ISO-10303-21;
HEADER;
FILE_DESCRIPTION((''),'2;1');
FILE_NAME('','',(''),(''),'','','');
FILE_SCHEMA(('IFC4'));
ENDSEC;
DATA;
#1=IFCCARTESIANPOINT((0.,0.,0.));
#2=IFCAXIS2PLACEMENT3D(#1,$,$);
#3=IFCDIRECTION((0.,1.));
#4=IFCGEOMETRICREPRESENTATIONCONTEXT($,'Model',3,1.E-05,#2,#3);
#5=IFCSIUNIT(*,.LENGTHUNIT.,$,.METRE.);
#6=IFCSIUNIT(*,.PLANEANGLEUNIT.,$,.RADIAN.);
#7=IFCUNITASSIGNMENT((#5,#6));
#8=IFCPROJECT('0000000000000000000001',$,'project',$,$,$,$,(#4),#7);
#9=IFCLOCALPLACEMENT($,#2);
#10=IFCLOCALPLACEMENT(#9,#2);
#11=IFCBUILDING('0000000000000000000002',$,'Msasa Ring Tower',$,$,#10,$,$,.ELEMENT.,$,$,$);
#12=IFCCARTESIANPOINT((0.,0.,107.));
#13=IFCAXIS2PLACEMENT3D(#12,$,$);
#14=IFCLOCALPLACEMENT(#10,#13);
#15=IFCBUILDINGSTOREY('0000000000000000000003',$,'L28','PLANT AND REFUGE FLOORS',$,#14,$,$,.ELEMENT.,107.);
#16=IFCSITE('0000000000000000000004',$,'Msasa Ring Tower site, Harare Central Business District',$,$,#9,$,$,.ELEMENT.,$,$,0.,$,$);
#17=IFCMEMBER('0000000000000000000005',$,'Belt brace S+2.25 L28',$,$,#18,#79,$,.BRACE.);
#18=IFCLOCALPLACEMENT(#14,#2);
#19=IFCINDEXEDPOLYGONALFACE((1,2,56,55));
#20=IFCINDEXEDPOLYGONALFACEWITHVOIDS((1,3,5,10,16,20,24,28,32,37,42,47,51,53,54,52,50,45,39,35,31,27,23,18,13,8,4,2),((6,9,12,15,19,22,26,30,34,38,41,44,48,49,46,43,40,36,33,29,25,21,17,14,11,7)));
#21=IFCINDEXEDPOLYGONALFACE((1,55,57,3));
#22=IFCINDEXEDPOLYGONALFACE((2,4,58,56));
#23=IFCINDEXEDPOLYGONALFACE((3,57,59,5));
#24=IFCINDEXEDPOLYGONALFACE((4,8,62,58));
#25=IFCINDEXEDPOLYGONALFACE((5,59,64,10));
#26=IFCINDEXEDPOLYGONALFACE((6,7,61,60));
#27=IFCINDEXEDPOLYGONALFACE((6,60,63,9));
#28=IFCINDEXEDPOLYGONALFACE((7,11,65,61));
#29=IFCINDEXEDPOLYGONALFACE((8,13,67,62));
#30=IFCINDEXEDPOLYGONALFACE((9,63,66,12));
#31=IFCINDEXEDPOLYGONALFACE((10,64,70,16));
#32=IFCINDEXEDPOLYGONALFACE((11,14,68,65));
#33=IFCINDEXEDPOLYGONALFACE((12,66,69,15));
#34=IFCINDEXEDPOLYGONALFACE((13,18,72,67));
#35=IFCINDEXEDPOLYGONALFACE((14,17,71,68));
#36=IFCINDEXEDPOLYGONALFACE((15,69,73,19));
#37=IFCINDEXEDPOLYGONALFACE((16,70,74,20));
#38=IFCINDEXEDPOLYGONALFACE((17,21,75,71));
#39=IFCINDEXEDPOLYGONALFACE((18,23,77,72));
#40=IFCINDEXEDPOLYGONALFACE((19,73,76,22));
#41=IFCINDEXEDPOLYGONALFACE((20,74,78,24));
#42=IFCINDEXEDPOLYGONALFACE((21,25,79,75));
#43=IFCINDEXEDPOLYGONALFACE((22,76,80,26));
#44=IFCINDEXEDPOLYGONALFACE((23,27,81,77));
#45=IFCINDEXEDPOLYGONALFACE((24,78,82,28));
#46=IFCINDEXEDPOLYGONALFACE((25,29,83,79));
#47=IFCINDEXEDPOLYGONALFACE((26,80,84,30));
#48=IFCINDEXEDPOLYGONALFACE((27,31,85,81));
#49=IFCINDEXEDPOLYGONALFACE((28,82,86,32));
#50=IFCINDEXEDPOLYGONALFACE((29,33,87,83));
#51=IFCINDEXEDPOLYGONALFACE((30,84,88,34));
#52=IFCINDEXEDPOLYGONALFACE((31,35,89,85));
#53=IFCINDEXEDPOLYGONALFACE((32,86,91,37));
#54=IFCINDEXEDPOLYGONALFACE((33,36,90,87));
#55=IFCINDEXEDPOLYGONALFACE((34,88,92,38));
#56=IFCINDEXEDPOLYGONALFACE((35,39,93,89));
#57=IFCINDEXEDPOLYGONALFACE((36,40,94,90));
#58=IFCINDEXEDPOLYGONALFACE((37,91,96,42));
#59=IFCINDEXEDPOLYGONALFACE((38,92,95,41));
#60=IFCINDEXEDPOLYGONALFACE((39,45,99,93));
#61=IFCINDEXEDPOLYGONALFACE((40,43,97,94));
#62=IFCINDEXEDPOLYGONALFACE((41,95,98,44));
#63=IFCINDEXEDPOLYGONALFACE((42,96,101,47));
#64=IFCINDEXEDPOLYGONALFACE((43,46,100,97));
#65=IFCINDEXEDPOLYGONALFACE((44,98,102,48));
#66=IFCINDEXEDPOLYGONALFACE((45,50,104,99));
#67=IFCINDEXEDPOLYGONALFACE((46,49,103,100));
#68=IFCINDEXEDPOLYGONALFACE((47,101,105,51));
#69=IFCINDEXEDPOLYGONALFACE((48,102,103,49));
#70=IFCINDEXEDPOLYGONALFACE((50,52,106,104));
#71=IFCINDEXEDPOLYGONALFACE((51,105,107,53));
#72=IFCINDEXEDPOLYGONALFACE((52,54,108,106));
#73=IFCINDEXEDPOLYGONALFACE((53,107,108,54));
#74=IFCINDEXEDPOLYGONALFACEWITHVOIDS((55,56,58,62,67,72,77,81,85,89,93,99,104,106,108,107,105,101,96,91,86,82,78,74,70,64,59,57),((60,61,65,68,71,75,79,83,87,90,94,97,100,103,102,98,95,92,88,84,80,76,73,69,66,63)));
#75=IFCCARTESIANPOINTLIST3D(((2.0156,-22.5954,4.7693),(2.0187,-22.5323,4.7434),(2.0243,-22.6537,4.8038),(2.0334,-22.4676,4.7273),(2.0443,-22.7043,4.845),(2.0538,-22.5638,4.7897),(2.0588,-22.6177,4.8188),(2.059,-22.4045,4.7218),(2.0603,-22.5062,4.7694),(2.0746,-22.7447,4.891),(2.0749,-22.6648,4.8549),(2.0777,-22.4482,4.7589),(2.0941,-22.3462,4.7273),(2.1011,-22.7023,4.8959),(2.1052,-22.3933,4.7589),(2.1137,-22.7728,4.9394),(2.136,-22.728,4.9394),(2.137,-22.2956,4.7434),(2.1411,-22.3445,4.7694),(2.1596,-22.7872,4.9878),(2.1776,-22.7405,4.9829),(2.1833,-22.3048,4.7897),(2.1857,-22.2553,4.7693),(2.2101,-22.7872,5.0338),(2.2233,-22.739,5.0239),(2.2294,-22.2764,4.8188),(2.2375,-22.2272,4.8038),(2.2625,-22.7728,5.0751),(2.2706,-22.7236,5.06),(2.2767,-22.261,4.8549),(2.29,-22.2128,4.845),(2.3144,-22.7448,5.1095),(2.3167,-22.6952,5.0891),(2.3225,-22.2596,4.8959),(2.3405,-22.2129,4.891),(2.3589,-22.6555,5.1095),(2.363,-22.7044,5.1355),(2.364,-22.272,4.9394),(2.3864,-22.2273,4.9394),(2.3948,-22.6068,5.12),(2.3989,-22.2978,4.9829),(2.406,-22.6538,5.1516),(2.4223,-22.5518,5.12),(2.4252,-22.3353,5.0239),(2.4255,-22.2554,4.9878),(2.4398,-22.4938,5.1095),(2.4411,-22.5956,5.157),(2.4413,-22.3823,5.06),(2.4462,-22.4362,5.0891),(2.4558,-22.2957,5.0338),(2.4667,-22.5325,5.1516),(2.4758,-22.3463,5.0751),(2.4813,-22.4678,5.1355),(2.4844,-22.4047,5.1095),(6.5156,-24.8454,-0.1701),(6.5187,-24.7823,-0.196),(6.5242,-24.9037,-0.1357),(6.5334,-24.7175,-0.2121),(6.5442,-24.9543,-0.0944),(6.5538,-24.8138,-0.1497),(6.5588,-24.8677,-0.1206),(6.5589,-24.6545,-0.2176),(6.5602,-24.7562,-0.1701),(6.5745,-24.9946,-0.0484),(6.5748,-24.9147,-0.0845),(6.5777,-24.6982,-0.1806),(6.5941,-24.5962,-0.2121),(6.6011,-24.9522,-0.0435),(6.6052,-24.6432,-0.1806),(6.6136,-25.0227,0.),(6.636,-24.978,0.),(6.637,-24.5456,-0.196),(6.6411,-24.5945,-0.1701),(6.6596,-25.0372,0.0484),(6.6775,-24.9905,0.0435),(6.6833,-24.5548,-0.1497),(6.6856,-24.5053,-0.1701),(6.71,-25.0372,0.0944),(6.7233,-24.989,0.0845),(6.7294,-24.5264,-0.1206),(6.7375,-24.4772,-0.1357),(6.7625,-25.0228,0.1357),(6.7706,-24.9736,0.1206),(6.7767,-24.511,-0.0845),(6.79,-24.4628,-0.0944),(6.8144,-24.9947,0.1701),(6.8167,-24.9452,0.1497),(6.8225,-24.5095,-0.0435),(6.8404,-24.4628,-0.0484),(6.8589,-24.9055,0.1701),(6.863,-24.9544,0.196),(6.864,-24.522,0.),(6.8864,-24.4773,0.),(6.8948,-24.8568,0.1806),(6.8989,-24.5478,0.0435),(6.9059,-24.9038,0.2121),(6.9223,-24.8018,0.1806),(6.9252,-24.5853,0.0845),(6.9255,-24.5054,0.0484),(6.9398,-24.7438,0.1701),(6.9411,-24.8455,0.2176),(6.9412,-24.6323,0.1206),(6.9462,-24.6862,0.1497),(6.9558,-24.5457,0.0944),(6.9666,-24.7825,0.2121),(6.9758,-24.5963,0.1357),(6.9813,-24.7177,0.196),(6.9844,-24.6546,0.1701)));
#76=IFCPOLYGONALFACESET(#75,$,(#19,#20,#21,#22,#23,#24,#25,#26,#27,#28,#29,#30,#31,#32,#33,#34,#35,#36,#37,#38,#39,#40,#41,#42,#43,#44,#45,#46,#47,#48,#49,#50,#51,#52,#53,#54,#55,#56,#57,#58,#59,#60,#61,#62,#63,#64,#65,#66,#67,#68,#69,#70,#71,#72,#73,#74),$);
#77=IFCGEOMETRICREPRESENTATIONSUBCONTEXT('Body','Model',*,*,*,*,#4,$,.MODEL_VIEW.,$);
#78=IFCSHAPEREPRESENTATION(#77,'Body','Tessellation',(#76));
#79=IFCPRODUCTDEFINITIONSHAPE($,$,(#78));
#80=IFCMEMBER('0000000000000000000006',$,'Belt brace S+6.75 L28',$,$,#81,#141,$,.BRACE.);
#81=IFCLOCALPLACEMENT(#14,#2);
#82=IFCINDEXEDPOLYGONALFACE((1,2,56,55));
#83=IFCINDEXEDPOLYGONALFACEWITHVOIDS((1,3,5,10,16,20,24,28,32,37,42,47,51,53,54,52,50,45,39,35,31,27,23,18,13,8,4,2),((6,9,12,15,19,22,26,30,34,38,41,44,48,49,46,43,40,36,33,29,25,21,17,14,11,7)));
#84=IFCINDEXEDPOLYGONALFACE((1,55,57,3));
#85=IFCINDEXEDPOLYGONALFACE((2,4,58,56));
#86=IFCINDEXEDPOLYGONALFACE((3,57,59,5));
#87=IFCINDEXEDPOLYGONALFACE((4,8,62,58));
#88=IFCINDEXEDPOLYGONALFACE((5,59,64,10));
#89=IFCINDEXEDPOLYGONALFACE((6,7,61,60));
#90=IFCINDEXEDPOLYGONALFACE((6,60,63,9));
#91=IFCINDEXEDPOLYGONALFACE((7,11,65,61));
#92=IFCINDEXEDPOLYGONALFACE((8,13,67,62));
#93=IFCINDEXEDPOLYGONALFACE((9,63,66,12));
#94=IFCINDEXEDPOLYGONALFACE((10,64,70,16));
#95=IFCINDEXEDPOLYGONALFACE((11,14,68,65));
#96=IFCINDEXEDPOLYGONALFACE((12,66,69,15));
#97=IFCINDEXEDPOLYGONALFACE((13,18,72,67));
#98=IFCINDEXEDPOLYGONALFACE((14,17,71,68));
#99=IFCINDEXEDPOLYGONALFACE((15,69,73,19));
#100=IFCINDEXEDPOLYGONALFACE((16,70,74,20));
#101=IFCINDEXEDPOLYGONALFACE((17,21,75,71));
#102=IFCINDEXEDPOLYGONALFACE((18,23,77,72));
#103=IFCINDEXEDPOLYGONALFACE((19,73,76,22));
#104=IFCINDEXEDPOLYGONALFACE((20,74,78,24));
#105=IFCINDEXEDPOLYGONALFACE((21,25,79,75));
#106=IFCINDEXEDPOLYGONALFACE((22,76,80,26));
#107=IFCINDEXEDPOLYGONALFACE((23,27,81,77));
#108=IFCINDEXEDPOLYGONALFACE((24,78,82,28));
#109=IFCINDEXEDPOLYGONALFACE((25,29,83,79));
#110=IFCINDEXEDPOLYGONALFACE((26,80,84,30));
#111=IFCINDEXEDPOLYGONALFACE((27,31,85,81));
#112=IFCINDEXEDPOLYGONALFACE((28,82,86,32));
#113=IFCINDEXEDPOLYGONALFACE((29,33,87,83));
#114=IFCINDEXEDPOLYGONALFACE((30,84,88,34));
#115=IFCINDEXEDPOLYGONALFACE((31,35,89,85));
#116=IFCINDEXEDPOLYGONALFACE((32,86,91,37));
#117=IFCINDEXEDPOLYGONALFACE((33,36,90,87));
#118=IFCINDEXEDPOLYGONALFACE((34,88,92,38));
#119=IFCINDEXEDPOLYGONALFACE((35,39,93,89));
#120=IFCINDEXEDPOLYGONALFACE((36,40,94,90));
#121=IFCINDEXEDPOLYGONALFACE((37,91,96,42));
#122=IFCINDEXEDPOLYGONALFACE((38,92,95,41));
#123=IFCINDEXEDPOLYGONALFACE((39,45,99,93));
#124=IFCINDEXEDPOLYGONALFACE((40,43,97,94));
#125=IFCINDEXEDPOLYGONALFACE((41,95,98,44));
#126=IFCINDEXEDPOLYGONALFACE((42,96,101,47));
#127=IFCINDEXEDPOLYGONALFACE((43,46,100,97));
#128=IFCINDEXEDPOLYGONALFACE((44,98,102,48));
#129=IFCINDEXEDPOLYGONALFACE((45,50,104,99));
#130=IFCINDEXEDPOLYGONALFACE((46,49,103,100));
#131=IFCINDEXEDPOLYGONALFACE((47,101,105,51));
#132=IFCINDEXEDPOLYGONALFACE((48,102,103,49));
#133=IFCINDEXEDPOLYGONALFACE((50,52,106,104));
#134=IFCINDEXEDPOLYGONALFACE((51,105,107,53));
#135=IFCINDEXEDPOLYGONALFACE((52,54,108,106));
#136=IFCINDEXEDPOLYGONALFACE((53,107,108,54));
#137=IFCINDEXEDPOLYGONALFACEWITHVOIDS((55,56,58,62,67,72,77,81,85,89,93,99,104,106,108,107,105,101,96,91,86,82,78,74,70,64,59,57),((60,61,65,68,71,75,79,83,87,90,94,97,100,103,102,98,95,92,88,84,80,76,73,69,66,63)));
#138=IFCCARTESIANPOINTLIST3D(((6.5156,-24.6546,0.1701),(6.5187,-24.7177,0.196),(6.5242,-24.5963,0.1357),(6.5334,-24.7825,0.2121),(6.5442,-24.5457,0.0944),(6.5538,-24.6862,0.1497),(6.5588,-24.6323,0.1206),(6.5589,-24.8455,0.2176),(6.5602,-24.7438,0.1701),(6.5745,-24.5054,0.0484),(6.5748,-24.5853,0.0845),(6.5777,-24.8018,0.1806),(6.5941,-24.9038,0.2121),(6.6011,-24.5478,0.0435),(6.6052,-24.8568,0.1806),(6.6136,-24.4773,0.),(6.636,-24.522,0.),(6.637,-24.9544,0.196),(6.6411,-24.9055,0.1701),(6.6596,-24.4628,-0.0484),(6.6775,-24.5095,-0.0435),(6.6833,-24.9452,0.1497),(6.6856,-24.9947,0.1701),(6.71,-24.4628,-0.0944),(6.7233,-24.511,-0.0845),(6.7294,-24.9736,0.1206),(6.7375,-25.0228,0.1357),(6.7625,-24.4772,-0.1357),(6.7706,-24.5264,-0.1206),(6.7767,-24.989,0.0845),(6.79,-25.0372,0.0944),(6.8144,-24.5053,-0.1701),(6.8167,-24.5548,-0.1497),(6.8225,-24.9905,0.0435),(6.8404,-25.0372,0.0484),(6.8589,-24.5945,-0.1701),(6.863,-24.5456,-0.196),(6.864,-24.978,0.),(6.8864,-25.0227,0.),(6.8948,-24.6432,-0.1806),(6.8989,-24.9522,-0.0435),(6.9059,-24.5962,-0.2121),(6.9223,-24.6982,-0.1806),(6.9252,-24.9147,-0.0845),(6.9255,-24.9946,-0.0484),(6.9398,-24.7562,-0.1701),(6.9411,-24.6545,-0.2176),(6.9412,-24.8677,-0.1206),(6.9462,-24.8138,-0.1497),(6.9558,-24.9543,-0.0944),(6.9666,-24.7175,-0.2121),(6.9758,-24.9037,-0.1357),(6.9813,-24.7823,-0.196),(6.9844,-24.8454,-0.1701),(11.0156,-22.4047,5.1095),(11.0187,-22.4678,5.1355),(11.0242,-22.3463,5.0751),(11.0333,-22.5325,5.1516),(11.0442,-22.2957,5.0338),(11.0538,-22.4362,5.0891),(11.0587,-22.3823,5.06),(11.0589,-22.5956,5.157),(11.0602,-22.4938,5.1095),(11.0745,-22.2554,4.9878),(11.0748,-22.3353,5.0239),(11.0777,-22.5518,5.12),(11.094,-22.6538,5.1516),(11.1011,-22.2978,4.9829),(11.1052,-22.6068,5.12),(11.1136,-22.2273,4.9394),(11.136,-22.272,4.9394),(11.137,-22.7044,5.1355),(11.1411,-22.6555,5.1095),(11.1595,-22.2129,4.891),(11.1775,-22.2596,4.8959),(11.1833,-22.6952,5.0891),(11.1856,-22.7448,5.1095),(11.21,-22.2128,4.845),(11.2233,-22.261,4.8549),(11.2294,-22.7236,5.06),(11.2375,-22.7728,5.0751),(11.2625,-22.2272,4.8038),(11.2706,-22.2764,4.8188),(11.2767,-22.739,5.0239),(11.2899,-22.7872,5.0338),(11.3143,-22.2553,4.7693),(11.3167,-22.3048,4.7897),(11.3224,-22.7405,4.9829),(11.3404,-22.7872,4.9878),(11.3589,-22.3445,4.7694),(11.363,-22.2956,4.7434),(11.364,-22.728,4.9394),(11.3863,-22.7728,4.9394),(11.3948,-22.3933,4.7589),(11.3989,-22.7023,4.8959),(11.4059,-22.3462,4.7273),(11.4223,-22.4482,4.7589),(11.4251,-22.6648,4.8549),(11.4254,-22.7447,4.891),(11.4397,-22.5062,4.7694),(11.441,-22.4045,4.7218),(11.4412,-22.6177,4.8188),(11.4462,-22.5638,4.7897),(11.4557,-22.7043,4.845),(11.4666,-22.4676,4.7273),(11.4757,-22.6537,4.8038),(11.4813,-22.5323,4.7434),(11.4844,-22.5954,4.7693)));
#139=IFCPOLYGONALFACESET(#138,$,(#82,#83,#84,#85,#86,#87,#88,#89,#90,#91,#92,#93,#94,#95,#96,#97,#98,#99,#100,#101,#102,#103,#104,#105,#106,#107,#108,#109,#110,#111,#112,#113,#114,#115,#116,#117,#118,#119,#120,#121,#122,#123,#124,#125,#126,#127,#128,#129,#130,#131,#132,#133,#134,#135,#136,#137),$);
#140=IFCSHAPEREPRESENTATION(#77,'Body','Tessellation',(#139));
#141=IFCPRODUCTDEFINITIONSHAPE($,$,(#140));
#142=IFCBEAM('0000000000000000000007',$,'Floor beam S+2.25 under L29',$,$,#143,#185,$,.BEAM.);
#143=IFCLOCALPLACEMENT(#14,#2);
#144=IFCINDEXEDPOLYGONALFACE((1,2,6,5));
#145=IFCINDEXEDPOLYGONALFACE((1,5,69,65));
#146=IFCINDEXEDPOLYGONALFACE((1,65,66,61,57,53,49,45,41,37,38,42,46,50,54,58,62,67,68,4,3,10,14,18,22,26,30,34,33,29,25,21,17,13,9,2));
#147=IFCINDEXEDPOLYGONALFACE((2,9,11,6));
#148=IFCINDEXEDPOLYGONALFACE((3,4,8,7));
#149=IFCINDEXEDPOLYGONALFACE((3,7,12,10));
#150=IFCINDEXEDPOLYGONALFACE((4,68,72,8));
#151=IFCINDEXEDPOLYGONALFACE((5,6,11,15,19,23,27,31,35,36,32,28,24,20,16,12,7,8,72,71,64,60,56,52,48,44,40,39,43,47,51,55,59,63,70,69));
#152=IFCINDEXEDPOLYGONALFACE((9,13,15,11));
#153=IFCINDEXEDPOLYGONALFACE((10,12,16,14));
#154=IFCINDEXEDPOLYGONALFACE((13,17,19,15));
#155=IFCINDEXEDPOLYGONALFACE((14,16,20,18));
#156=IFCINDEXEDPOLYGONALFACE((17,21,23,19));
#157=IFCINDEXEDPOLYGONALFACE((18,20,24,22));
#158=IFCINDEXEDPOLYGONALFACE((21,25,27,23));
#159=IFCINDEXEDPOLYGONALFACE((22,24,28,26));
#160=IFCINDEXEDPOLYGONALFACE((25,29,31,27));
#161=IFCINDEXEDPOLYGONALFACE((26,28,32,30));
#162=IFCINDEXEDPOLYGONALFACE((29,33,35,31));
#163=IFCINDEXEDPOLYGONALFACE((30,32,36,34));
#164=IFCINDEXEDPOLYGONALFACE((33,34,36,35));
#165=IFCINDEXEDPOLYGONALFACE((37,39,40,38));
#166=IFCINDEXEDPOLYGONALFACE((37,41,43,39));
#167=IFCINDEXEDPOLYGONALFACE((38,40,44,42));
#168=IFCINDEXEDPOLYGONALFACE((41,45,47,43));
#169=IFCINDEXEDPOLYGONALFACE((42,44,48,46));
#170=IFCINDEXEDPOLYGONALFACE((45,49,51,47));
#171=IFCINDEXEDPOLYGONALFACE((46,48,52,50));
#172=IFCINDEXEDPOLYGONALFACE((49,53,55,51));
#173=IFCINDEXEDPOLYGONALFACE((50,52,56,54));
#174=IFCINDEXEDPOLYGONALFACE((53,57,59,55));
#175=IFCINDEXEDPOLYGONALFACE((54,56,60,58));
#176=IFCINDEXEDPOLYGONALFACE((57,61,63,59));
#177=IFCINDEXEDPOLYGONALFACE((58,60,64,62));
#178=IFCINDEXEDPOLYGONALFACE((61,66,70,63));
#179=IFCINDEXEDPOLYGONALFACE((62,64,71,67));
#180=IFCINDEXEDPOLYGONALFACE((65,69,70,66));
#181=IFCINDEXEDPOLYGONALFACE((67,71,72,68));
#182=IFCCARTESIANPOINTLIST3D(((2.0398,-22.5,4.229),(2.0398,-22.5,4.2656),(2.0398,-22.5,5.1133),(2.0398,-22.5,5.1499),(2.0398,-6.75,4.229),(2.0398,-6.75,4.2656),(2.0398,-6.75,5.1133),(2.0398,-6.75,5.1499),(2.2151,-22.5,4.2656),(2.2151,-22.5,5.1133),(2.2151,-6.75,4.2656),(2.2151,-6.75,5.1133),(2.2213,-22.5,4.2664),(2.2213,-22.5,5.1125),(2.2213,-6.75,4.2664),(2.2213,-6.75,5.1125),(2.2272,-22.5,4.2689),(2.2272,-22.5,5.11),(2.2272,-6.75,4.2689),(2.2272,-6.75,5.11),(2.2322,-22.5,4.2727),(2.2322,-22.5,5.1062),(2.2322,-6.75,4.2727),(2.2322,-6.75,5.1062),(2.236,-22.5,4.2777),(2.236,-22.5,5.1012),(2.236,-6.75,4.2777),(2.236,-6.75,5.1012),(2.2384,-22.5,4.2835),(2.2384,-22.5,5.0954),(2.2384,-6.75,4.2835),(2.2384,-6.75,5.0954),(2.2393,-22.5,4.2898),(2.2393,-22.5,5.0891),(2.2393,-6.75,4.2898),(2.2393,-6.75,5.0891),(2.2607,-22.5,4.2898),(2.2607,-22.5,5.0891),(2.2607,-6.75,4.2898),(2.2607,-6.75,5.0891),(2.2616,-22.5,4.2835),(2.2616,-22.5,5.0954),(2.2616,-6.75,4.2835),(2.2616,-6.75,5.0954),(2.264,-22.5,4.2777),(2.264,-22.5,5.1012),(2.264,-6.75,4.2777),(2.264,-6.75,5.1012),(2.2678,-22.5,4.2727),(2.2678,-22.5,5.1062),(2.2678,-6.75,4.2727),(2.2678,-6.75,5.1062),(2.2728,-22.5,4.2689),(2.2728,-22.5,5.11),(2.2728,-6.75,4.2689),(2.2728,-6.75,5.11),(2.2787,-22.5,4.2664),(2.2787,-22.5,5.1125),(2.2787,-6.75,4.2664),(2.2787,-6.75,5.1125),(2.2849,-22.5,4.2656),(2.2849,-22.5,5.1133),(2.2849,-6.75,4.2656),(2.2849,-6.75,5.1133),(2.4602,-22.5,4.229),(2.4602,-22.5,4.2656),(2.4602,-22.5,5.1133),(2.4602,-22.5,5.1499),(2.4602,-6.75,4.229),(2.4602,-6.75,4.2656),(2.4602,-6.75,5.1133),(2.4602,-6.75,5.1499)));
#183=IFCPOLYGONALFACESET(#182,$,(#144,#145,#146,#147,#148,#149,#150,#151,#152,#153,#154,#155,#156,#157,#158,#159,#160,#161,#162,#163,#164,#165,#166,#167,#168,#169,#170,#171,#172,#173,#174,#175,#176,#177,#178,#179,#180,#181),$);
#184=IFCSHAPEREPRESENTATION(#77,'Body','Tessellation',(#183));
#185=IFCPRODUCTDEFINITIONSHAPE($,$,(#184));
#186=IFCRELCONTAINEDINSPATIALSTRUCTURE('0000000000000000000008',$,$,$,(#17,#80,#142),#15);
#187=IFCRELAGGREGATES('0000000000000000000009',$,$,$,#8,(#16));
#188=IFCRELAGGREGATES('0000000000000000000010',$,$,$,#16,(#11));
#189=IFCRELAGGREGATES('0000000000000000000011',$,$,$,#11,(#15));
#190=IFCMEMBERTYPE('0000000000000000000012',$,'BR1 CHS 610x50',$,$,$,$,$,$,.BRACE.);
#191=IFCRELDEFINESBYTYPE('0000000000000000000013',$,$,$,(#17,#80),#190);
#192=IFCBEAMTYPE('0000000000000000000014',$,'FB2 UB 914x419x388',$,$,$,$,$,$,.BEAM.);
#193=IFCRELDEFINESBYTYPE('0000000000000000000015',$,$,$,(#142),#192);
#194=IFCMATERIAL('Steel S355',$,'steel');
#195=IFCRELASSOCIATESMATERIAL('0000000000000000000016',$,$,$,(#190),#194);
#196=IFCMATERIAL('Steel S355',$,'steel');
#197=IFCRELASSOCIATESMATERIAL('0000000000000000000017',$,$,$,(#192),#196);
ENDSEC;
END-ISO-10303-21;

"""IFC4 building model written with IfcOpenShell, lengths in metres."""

from ifc_helpers import new_model, si_unit, direction, frame, origin, origin_2d, place, context, subcontext, project, spatial, hollow_circle, i_section, extrude, material, material_profile, profile_set, type_object, element, save


model = new_model("IFC4")

# Units and contexts
model_context = context("Model", 3, precision=1e-05, world=origin(), true_north=direction((0.0, 1.0)))
body_context = subcontext(model_context, "Body", "Model", "MODEL_VIEW")
ifc_project = project(units=[si_unit("LENGTHUNIT", "METRE"), si_unit("PLANEANGLEUNIT", "RADIAN")], contexts=[model_context])

# Site, building, storey
site_placement = place(None, origin())
site = spatial("IfcSite", under=ifc_project, at=site_placement, Name="Msasa Ring Tower site, Harare Central Business District", CompositionType="ELEMENT", RefElevation=0.0)
building_placement = place(site_placement, origin())
building = spatial("IfcBuilding", under=site, at=building_placement, Name="Msasa Ring Tower", CompositionType="ELEMENT")
storey_placement = place(building_placement, frame((0.0, 0.0, 107.0)))
storey = spatial("IfcBuildingStorey", under=building, at=storey_placement, Name="L28", Description="PLANT AND REFUGE FLOORS", CompositionType="ELEMENT", Elevation=107.0)

# Members
ifc_material_1 = material(Name="Steel S355", Category="steel")
ifc_material_profile_1 = material_profile(ifc_material_1, hollow_circle(Radius=0.3049, WallThickness=0.05, at=origin_2d()), Name="CHS 610x50")
ifc_profile_set_1 = profile_set([ifc_material_profile_1], Name="Steel S355")
member_type = type_object("IfcMemberType", Name="BR1 CHS 610x50", PredefinedType="BRACE", material=ifc_profile_set_1)
for number, where, z_axis, x_axis, name in (
    (1, (6.75, -24.75, 0.0), (-0.638245, 0.319123, 0.700574), (-0.447214, -0.894427, 0.0), "Belt brace S+2.25 L28"),
    (2, (6.75, -24.75, 0.0), (0.638245, 0.319123, 0.700574), (-0.447214, 0.894427, 0.0), "Belt brace S+6.75 L28"),
):
    element("IfcMember", number, at=place(storey_placement, frame(where, z_axis=z_axis, x_axis=x_axis)), inside=storey, type_object=member_type, Name=name, PredefinedType="BRACE", context=body_context, shape_type="SweptSolid", body=[
        extrude(hollow_circle(Radius=0.3049, WallThickness=0.05, at=origin_2d()), origin(), (0.0, 0.0, 1.0), 7.0505),
    ])

# Beam
ifc_material_2 = material(Name="Steel S355", Category="steel")
ifc_material_profile_2 = material_profile(ifc_material_2, i_section(OverallWidth=0.4204, OverallDepth=0.9209, WebThickness=0.0215, FlangeThickness=0.0366, FilletRadius=0.0242, at=origin_2d()), Name="UB 914x419x388")
ifc_profile_set_2 = profile_set([ifc_material_profile_2], Name="Steel S355")
beam_type_1 = type_object("IfcBeamType", Name="FB2 UB 914x419x388", PredefinedType="BEAM", material=ifc_profile_set_2)
for number, where, z_axis, x_axis, name in (
    (3, (2.25, -22.5, 4.6895), (0.0, 1.0, 0.0), (-1.0, 0.0, 0.0), "Floor beam S+2.25 under L29"),
):
    element("IfcBeam", number, at=place(storey_placement, frame(where, z_axis=z_axis, x_axis=x_axis)), inside=storey, type_object=beam_type_1, Name=name, PredefinedType="BEAM", context=body_context, shape_type="SweptSolid", body=[
        extrude(i_section(OverallWidth=0.4204, OverallDepth=0.9209, WebThickness=0.0215, FlangeThickness=0.0366, FilletRadius=0.0242, at=origin_2d()), origin(), (0.0, 0.0, 1.0), 15.75),
    ])

save(model, "model.ifc")
